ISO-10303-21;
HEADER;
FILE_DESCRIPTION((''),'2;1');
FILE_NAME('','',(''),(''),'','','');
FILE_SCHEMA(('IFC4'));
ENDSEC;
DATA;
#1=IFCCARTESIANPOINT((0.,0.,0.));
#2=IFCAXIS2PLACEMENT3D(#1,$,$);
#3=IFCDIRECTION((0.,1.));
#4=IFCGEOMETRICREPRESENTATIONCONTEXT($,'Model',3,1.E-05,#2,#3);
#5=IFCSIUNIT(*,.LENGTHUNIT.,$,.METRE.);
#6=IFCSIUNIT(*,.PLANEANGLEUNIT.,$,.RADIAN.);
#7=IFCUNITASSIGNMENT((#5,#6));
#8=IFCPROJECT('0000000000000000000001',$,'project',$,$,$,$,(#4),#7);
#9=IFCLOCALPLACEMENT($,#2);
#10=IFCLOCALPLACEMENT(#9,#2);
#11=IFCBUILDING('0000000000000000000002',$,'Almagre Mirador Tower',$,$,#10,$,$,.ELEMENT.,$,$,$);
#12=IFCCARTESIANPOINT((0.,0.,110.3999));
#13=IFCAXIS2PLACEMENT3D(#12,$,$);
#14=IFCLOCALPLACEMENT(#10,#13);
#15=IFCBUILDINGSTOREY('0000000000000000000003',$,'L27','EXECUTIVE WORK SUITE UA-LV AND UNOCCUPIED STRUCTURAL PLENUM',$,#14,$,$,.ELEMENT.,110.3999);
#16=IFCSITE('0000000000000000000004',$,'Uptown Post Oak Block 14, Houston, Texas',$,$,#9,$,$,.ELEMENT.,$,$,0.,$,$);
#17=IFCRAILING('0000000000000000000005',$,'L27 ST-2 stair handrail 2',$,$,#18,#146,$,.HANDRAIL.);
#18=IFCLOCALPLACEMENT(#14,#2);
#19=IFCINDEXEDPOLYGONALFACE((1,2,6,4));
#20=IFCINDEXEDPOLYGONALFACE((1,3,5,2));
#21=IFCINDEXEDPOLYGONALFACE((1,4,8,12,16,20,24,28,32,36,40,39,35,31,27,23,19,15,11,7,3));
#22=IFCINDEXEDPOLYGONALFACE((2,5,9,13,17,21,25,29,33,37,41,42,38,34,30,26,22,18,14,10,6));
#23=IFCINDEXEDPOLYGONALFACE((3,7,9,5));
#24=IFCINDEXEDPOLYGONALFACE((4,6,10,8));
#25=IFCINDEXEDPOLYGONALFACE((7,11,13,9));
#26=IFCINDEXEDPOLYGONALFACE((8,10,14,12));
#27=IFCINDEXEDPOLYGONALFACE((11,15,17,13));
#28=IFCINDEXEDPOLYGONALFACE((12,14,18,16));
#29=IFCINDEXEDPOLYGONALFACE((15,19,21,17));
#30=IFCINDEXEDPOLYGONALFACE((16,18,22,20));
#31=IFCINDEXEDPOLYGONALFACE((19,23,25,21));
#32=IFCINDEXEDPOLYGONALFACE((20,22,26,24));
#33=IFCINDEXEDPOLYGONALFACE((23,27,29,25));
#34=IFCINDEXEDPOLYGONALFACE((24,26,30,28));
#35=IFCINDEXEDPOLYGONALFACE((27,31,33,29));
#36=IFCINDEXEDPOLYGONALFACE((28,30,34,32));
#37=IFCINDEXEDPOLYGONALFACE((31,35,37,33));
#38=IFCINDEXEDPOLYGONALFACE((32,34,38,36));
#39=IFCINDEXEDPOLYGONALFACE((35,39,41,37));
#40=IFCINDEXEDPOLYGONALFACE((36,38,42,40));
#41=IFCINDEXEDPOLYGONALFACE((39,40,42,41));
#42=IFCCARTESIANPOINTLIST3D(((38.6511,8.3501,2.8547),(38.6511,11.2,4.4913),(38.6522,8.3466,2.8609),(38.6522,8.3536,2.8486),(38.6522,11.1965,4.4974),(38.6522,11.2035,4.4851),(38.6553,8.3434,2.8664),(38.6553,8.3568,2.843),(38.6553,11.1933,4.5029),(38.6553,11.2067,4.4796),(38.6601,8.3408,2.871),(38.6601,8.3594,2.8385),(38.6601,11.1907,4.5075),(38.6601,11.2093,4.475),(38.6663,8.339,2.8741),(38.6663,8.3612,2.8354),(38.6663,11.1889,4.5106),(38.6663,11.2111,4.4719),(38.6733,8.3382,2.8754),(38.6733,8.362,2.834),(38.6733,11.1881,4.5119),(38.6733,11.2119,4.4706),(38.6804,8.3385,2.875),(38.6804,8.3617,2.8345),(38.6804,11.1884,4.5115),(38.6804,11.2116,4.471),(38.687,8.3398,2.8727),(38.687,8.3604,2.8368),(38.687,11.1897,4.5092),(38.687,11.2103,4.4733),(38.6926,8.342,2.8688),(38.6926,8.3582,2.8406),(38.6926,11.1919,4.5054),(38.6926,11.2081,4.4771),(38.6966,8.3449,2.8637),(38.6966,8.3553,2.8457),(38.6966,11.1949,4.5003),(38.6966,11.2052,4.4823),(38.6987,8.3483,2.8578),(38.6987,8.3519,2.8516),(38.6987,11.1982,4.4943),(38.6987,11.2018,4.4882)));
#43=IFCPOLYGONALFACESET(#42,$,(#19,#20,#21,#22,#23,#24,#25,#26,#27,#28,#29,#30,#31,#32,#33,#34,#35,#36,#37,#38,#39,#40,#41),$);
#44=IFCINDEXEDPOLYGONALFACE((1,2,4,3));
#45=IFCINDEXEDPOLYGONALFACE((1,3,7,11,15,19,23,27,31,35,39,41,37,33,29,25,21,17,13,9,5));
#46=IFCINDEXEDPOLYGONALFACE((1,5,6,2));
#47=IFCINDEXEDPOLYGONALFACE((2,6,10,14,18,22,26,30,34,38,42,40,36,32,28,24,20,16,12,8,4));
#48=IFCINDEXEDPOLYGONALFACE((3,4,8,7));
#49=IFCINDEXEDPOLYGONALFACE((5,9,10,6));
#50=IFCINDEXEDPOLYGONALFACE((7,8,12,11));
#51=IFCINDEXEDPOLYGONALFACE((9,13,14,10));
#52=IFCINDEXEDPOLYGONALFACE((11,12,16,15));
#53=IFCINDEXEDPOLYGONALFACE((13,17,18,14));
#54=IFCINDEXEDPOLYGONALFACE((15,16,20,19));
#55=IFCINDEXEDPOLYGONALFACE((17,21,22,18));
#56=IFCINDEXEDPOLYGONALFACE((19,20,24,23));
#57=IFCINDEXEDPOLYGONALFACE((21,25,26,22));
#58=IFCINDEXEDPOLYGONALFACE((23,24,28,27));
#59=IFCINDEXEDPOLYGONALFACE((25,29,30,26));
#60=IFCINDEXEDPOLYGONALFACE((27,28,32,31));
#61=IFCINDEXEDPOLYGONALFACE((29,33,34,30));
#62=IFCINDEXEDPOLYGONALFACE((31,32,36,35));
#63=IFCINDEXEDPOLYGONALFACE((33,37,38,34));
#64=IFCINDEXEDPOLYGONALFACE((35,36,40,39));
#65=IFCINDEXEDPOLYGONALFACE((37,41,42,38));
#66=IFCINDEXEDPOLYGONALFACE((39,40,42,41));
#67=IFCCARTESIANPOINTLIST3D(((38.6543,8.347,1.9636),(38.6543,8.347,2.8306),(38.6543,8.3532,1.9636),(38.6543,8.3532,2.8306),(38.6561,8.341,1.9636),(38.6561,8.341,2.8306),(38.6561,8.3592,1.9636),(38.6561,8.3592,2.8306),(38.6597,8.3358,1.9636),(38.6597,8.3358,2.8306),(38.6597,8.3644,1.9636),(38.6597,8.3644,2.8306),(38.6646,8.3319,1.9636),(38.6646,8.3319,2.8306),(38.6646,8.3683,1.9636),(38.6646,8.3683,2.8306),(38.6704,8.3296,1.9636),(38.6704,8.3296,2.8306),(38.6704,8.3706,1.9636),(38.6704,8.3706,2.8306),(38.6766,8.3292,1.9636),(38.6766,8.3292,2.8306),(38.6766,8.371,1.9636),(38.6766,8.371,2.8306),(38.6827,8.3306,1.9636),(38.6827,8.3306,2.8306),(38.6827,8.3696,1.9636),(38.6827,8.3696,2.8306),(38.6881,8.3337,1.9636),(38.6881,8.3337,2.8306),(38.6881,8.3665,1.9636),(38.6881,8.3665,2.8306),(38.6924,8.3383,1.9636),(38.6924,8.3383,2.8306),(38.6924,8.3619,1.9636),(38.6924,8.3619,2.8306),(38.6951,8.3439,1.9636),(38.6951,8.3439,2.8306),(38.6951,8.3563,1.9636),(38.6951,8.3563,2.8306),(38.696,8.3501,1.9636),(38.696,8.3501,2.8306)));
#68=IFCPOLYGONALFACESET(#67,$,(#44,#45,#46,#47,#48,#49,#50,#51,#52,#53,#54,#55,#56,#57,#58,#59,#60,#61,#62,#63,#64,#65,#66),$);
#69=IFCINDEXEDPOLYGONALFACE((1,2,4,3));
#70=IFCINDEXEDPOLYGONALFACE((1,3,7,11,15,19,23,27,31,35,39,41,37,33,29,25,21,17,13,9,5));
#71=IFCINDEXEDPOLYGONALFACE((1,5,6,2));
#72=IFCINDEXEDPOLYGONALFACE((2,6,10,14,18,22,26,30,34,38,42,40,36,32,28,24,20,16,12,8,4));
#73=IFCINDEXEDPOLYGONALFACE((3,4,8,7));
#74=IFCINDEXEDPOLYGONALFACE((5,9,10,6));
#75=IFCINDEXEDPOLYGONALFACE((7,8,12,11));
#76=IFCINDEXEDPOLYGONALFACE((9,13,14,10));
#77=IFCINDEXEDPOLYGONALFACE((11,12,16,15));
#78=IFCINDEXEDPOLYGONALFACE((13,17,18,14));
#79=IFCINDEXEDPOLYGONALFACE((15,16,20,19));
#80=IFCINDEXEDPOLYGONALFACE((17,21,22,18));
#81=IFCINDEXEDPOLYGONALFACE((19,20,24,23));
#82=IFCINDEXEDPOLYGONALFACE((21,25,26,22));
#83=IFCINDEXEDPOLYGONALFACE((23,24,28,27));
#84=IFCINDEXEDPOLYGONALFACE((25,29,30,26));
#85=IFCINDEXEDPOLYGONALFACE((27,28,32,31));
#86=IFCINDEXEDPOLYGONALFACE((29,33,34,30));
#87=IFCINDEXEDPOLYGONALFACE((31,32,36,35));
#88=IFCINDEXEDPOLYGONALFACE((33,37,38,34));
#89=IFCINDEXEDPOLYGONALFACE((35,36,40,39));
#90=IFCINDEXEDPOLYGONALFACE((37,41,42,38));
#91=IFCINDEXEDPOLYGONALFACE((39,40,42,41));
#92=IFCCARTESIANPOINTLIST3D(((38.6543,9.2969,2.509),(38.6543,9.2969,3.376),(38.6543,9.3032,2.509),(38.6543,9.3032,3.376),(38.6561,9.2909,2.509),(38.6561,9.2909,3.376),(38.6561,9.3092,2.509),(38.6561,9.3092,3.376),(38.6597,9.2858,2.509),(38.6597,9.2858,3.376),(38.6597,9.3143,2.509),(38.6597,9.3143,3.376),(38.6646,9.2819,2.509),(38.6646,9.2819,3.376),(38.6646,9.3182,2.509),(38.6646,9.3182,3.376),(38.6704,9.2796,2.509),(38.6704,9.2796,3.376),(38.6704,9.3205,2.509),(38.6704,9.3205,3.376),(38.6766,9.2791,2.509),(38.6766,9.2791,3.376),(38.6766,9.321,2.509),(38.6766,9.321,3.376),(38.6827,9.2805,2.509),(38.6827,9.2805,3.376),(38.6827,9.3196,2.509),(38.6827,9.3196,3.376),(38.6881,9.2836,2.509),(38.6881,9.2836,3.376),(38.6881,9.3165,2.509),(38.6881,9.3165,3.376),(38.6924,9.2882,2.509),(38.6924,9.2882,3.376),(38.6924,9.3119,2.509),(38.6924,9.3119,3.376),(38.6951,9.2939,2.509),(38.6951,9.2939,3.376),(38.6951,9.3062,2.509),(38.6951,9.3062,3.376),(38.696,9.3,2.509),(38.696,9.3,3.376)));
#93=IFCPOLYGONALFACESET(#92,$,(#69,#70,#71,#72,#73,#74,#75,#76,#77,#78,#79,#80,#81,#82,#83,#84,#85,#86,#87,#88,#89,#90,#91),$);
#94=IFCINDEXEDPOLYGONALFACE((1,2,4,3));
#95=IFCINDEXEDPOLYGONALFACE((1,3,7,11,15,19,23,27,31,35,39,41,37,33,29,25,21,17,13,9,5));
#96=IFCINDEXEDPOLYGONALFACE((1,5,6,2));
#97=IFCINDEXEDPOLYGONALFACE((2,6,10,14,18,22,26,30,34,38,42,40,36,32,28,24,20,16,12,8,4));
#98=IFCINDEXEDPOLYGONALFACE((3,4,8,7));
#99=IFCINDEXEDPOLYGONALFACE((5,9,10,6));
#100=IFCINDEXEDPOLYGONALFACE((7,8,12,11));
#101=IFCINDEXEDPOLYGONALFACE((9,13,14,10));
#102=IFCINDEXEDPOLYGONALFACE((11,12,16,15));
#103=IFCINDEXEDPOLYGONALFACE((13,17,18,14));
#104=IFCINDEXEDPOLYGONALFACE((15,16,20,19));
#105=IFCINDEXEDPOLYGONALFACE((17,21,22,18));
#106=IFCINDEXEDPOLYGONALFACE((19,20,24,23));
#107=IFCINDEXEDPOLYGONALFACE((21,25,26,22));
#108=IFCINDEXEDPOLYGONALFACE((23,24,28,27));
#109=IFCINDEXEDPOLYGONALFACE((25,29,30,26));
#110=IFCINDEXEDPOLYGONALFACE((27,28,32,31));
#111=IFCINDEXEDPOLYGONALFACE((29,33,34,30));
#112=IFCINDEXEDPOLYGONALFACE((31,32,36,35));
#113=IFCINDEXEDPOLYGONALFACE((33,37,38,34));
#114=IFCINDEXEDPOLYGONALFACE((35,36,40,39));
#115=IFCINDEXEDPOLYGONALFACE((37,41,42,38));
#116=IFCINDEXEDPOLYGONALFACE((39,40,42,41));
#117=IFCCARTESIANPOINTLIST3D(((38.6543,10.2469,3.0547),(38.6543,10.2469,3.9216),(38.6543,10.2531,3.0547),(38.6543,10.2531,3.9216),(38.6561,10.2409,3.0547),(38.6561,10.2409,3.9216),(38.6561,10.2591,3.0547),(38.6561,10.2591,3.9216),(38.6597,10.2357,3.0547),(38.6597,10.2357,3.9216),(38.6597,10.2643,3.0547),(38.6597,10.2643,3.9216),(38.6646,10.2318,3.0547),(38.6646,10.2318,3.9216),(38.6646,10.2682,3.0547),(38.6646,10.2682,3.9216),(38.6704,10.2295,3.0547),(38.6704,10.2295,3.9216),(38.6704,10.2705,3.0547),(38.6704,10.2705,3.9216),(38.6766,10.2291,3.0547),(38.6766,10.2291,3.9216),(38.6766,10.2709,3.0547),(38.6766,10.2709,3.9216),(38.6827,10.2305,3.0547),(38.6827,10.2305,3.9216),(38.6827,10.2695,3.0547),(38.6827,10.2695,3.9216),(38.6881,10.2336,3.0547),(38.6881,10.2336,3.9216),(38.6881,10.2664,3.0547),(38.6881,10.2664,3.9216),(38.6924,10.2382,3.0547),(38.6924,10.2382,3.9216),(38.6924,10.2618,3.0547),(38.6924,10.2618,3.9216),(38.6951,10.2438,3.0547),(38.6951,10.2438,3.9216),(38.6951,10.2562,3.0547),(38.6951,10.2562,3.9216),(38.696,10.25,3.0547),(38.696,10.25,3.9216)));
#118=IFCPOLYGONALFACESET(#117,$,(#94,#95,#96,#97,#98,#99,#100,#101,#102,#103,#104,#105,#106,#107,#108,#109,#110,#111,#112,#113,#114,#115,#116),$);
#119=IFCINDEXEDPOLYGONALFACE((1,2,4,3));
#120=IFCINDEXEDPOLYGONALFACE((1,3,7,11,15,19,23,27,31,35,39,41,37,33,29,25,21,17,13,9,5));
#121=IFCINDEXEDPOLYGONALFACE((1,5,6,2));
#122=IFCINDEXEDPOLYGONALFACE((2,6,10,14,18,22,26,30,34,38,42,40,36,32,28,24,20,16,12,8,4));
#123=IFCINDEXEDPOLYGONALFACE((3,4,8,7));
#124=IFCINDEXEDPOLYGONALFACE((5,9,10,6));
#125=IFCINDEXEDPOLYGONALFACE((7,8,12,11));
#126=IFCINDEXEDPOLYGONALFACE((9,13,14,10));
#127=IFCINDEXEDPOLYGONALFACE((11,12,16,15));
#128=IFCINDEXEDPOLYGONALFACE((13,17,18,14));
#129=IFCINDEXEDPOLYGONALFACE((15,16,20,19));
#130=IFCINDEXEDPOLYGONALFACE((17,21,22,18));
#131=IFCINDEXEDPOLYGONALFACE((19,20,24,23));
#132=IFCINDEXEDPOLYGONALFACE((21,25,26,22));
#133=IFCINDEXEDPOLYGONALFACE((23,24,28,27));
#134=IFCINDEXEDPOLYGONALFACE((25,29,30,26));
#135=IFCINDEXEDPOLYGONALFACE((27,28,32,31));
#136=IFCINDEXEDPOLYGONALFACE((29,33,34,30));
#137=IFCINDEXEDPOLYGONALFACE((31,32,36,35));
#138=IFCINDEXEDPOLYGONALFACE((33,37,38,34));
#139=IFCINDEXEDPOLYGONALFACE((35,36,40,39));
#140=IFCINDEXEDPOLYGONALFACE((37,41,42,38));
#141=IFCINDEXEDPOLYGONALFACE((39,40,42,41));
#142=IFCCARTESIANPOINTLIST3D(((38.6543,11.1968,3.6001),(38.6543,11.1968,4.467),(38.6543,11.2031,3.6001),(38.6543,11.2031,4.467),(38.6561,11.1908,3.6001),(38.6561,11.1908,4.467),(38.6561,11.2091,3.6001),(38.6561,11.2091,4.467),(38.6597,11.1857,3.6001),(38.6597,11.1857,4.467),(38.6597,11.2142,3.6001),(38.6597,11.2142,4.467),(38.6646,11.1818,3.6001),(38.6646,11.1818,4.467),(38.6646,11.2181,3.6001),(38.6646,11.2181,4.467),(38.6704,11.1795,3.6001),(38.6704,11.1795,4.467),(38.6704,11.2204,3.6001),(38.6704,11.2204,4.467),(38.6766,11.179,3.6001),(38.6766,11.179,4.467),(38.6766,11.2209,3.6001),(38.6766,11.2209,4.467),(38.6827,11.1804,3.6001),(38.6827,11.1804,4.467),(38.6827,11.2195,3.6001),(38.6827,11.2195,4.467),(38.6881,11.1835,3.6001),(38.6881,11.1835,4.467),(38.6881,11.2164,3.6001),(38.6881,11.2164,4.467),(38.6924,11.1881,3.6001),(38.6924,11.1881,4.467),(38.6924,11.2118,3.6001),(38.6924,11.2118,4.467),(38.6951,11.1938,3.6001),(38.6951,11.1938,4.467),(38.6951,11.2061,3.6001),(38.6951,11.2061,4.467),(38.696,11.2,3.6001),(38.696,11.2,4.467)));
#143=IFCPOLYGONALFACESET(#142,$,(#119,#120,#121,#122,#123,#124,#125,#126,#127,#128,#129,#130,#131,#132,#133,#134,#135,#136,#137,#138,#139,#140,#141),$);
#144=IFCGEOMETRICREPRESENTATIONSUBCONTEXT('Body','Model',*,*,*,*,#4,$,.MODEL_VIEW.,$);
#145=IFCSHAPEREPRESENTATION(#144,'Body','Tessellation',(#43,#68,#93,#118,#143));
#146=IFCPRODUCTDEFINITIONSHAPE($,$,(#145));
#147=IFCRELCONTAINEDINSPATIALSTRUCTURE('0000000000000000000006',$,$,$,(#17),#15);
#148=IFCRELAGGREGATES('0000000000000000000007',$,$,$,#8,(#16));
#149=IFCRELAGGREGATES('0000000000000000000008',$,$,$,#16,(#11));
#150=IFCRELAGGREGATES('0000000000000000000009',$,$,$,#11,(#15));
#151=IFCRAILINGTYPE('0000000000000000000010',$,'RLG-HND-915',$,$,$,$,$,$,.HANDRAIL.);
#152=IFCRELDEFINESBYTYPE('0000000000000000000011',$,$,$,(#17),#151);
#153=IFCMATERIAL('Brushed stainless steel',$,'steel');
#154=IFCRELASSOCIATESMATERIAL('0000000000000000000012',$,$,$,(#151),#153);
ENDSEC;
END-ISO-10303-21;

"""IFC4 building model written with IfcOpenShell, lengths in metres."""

from ifc_helpers import new_model, si_unit, direction, frame, origin, origin_2d, place, context, subcontext, project, spatial, circle, extrude, material, type_object, element, save


model = new_model("IFC4")

# Units and contexts
model_context = context("Model", 3, precision=1e-05, world=origin(), true_north=direction((0.0, 1.0)))
body_context = subcontext(model_context, "Body", "Model", "MODEL_VIEW")
ifc_project = project(units=[si_unit("LENGTHUNIT", "METRE"), si_unit("PLANEANGLEUNIT", "RADIAN")], contexts=[model_context])

# Site, building, storey
site_placement = place(None, origin())
site = spatial("IfcSite", under=ifc_project, at=site_placement, Name="Uptown Post Oak Block 14, Houston, Texas", CompositionType="ELEMENT", RefElevation=0.0)
building_placement = place(site_placement, origin())
building = spatial("IfcBuilding", under=site, at=building_placement, Name="Almagre Mirador Tower", CompositionType="ELEMENT")
storey_placement = place(building_placement, frame((0.0, 0.0, 110.3999)))
storey = spatial("IfcBuildingStorey", under=building, at=storey_placement, Name="L27", Description="EXECUTIVE WORK SUITE UA-LV AND UNOCCUPIED STRUCTURAL PLENUM", CompositionType="ELEMENT", Elevation=110.3999)

# Railing
ifc_material_1 = material(Name="Brushed stainless steel", Category="steel")
railing_type_1 = type_object("IfcRailingType", Name="RLG-HND-915", PredefinedType="HANDRAIL", material=ifc_material_1)
railing_1_placement = place(storey_placement, frame((38.675, 8.3501, 1.9636)))
element("IfcRailing", 1, at=railing_1_placement, inside=storey, type_object=railing_type_1, Name="L27 ST-2 stair handrail 2", PredefinedType="HANDRAIL", context=body_context, shape_type="SweptSolid", body=[
    extrude(circle(Radius=0.0239, at=origin_2d()), frame((0.0, 0.0, 0.8911), z_axis=(0.0, 0.867194, 0.49797), x_axis=(-1.0, 0.0, 0.0)), (0.0, 0.0, 1.0), 3.2864),
    extrude(circle(Radius=0.021, at=origin_2d()), origin(), (0.0, 0.0, 1.0), 0.8669),
    extrude(circle(Radius=0.021, at=origin_2d()), frame((0.0, 0.95, 0.5454)), (0.0, 0.0, 1.0), 0.8669),
    extrude(circle(Radius=0.021, at=origin_2d()), frame((0.0, 1.8999, 1.0911)), (0.0, 0.0, 1.0), 0.8669),
    extrude(circle(Radius=0.021, at=origin_2d()), frame((0.0, 2.8499, 1.6365)), (0.0, 0.0, 1.0), 0.8669),
])

save(model, "model.ifc")
